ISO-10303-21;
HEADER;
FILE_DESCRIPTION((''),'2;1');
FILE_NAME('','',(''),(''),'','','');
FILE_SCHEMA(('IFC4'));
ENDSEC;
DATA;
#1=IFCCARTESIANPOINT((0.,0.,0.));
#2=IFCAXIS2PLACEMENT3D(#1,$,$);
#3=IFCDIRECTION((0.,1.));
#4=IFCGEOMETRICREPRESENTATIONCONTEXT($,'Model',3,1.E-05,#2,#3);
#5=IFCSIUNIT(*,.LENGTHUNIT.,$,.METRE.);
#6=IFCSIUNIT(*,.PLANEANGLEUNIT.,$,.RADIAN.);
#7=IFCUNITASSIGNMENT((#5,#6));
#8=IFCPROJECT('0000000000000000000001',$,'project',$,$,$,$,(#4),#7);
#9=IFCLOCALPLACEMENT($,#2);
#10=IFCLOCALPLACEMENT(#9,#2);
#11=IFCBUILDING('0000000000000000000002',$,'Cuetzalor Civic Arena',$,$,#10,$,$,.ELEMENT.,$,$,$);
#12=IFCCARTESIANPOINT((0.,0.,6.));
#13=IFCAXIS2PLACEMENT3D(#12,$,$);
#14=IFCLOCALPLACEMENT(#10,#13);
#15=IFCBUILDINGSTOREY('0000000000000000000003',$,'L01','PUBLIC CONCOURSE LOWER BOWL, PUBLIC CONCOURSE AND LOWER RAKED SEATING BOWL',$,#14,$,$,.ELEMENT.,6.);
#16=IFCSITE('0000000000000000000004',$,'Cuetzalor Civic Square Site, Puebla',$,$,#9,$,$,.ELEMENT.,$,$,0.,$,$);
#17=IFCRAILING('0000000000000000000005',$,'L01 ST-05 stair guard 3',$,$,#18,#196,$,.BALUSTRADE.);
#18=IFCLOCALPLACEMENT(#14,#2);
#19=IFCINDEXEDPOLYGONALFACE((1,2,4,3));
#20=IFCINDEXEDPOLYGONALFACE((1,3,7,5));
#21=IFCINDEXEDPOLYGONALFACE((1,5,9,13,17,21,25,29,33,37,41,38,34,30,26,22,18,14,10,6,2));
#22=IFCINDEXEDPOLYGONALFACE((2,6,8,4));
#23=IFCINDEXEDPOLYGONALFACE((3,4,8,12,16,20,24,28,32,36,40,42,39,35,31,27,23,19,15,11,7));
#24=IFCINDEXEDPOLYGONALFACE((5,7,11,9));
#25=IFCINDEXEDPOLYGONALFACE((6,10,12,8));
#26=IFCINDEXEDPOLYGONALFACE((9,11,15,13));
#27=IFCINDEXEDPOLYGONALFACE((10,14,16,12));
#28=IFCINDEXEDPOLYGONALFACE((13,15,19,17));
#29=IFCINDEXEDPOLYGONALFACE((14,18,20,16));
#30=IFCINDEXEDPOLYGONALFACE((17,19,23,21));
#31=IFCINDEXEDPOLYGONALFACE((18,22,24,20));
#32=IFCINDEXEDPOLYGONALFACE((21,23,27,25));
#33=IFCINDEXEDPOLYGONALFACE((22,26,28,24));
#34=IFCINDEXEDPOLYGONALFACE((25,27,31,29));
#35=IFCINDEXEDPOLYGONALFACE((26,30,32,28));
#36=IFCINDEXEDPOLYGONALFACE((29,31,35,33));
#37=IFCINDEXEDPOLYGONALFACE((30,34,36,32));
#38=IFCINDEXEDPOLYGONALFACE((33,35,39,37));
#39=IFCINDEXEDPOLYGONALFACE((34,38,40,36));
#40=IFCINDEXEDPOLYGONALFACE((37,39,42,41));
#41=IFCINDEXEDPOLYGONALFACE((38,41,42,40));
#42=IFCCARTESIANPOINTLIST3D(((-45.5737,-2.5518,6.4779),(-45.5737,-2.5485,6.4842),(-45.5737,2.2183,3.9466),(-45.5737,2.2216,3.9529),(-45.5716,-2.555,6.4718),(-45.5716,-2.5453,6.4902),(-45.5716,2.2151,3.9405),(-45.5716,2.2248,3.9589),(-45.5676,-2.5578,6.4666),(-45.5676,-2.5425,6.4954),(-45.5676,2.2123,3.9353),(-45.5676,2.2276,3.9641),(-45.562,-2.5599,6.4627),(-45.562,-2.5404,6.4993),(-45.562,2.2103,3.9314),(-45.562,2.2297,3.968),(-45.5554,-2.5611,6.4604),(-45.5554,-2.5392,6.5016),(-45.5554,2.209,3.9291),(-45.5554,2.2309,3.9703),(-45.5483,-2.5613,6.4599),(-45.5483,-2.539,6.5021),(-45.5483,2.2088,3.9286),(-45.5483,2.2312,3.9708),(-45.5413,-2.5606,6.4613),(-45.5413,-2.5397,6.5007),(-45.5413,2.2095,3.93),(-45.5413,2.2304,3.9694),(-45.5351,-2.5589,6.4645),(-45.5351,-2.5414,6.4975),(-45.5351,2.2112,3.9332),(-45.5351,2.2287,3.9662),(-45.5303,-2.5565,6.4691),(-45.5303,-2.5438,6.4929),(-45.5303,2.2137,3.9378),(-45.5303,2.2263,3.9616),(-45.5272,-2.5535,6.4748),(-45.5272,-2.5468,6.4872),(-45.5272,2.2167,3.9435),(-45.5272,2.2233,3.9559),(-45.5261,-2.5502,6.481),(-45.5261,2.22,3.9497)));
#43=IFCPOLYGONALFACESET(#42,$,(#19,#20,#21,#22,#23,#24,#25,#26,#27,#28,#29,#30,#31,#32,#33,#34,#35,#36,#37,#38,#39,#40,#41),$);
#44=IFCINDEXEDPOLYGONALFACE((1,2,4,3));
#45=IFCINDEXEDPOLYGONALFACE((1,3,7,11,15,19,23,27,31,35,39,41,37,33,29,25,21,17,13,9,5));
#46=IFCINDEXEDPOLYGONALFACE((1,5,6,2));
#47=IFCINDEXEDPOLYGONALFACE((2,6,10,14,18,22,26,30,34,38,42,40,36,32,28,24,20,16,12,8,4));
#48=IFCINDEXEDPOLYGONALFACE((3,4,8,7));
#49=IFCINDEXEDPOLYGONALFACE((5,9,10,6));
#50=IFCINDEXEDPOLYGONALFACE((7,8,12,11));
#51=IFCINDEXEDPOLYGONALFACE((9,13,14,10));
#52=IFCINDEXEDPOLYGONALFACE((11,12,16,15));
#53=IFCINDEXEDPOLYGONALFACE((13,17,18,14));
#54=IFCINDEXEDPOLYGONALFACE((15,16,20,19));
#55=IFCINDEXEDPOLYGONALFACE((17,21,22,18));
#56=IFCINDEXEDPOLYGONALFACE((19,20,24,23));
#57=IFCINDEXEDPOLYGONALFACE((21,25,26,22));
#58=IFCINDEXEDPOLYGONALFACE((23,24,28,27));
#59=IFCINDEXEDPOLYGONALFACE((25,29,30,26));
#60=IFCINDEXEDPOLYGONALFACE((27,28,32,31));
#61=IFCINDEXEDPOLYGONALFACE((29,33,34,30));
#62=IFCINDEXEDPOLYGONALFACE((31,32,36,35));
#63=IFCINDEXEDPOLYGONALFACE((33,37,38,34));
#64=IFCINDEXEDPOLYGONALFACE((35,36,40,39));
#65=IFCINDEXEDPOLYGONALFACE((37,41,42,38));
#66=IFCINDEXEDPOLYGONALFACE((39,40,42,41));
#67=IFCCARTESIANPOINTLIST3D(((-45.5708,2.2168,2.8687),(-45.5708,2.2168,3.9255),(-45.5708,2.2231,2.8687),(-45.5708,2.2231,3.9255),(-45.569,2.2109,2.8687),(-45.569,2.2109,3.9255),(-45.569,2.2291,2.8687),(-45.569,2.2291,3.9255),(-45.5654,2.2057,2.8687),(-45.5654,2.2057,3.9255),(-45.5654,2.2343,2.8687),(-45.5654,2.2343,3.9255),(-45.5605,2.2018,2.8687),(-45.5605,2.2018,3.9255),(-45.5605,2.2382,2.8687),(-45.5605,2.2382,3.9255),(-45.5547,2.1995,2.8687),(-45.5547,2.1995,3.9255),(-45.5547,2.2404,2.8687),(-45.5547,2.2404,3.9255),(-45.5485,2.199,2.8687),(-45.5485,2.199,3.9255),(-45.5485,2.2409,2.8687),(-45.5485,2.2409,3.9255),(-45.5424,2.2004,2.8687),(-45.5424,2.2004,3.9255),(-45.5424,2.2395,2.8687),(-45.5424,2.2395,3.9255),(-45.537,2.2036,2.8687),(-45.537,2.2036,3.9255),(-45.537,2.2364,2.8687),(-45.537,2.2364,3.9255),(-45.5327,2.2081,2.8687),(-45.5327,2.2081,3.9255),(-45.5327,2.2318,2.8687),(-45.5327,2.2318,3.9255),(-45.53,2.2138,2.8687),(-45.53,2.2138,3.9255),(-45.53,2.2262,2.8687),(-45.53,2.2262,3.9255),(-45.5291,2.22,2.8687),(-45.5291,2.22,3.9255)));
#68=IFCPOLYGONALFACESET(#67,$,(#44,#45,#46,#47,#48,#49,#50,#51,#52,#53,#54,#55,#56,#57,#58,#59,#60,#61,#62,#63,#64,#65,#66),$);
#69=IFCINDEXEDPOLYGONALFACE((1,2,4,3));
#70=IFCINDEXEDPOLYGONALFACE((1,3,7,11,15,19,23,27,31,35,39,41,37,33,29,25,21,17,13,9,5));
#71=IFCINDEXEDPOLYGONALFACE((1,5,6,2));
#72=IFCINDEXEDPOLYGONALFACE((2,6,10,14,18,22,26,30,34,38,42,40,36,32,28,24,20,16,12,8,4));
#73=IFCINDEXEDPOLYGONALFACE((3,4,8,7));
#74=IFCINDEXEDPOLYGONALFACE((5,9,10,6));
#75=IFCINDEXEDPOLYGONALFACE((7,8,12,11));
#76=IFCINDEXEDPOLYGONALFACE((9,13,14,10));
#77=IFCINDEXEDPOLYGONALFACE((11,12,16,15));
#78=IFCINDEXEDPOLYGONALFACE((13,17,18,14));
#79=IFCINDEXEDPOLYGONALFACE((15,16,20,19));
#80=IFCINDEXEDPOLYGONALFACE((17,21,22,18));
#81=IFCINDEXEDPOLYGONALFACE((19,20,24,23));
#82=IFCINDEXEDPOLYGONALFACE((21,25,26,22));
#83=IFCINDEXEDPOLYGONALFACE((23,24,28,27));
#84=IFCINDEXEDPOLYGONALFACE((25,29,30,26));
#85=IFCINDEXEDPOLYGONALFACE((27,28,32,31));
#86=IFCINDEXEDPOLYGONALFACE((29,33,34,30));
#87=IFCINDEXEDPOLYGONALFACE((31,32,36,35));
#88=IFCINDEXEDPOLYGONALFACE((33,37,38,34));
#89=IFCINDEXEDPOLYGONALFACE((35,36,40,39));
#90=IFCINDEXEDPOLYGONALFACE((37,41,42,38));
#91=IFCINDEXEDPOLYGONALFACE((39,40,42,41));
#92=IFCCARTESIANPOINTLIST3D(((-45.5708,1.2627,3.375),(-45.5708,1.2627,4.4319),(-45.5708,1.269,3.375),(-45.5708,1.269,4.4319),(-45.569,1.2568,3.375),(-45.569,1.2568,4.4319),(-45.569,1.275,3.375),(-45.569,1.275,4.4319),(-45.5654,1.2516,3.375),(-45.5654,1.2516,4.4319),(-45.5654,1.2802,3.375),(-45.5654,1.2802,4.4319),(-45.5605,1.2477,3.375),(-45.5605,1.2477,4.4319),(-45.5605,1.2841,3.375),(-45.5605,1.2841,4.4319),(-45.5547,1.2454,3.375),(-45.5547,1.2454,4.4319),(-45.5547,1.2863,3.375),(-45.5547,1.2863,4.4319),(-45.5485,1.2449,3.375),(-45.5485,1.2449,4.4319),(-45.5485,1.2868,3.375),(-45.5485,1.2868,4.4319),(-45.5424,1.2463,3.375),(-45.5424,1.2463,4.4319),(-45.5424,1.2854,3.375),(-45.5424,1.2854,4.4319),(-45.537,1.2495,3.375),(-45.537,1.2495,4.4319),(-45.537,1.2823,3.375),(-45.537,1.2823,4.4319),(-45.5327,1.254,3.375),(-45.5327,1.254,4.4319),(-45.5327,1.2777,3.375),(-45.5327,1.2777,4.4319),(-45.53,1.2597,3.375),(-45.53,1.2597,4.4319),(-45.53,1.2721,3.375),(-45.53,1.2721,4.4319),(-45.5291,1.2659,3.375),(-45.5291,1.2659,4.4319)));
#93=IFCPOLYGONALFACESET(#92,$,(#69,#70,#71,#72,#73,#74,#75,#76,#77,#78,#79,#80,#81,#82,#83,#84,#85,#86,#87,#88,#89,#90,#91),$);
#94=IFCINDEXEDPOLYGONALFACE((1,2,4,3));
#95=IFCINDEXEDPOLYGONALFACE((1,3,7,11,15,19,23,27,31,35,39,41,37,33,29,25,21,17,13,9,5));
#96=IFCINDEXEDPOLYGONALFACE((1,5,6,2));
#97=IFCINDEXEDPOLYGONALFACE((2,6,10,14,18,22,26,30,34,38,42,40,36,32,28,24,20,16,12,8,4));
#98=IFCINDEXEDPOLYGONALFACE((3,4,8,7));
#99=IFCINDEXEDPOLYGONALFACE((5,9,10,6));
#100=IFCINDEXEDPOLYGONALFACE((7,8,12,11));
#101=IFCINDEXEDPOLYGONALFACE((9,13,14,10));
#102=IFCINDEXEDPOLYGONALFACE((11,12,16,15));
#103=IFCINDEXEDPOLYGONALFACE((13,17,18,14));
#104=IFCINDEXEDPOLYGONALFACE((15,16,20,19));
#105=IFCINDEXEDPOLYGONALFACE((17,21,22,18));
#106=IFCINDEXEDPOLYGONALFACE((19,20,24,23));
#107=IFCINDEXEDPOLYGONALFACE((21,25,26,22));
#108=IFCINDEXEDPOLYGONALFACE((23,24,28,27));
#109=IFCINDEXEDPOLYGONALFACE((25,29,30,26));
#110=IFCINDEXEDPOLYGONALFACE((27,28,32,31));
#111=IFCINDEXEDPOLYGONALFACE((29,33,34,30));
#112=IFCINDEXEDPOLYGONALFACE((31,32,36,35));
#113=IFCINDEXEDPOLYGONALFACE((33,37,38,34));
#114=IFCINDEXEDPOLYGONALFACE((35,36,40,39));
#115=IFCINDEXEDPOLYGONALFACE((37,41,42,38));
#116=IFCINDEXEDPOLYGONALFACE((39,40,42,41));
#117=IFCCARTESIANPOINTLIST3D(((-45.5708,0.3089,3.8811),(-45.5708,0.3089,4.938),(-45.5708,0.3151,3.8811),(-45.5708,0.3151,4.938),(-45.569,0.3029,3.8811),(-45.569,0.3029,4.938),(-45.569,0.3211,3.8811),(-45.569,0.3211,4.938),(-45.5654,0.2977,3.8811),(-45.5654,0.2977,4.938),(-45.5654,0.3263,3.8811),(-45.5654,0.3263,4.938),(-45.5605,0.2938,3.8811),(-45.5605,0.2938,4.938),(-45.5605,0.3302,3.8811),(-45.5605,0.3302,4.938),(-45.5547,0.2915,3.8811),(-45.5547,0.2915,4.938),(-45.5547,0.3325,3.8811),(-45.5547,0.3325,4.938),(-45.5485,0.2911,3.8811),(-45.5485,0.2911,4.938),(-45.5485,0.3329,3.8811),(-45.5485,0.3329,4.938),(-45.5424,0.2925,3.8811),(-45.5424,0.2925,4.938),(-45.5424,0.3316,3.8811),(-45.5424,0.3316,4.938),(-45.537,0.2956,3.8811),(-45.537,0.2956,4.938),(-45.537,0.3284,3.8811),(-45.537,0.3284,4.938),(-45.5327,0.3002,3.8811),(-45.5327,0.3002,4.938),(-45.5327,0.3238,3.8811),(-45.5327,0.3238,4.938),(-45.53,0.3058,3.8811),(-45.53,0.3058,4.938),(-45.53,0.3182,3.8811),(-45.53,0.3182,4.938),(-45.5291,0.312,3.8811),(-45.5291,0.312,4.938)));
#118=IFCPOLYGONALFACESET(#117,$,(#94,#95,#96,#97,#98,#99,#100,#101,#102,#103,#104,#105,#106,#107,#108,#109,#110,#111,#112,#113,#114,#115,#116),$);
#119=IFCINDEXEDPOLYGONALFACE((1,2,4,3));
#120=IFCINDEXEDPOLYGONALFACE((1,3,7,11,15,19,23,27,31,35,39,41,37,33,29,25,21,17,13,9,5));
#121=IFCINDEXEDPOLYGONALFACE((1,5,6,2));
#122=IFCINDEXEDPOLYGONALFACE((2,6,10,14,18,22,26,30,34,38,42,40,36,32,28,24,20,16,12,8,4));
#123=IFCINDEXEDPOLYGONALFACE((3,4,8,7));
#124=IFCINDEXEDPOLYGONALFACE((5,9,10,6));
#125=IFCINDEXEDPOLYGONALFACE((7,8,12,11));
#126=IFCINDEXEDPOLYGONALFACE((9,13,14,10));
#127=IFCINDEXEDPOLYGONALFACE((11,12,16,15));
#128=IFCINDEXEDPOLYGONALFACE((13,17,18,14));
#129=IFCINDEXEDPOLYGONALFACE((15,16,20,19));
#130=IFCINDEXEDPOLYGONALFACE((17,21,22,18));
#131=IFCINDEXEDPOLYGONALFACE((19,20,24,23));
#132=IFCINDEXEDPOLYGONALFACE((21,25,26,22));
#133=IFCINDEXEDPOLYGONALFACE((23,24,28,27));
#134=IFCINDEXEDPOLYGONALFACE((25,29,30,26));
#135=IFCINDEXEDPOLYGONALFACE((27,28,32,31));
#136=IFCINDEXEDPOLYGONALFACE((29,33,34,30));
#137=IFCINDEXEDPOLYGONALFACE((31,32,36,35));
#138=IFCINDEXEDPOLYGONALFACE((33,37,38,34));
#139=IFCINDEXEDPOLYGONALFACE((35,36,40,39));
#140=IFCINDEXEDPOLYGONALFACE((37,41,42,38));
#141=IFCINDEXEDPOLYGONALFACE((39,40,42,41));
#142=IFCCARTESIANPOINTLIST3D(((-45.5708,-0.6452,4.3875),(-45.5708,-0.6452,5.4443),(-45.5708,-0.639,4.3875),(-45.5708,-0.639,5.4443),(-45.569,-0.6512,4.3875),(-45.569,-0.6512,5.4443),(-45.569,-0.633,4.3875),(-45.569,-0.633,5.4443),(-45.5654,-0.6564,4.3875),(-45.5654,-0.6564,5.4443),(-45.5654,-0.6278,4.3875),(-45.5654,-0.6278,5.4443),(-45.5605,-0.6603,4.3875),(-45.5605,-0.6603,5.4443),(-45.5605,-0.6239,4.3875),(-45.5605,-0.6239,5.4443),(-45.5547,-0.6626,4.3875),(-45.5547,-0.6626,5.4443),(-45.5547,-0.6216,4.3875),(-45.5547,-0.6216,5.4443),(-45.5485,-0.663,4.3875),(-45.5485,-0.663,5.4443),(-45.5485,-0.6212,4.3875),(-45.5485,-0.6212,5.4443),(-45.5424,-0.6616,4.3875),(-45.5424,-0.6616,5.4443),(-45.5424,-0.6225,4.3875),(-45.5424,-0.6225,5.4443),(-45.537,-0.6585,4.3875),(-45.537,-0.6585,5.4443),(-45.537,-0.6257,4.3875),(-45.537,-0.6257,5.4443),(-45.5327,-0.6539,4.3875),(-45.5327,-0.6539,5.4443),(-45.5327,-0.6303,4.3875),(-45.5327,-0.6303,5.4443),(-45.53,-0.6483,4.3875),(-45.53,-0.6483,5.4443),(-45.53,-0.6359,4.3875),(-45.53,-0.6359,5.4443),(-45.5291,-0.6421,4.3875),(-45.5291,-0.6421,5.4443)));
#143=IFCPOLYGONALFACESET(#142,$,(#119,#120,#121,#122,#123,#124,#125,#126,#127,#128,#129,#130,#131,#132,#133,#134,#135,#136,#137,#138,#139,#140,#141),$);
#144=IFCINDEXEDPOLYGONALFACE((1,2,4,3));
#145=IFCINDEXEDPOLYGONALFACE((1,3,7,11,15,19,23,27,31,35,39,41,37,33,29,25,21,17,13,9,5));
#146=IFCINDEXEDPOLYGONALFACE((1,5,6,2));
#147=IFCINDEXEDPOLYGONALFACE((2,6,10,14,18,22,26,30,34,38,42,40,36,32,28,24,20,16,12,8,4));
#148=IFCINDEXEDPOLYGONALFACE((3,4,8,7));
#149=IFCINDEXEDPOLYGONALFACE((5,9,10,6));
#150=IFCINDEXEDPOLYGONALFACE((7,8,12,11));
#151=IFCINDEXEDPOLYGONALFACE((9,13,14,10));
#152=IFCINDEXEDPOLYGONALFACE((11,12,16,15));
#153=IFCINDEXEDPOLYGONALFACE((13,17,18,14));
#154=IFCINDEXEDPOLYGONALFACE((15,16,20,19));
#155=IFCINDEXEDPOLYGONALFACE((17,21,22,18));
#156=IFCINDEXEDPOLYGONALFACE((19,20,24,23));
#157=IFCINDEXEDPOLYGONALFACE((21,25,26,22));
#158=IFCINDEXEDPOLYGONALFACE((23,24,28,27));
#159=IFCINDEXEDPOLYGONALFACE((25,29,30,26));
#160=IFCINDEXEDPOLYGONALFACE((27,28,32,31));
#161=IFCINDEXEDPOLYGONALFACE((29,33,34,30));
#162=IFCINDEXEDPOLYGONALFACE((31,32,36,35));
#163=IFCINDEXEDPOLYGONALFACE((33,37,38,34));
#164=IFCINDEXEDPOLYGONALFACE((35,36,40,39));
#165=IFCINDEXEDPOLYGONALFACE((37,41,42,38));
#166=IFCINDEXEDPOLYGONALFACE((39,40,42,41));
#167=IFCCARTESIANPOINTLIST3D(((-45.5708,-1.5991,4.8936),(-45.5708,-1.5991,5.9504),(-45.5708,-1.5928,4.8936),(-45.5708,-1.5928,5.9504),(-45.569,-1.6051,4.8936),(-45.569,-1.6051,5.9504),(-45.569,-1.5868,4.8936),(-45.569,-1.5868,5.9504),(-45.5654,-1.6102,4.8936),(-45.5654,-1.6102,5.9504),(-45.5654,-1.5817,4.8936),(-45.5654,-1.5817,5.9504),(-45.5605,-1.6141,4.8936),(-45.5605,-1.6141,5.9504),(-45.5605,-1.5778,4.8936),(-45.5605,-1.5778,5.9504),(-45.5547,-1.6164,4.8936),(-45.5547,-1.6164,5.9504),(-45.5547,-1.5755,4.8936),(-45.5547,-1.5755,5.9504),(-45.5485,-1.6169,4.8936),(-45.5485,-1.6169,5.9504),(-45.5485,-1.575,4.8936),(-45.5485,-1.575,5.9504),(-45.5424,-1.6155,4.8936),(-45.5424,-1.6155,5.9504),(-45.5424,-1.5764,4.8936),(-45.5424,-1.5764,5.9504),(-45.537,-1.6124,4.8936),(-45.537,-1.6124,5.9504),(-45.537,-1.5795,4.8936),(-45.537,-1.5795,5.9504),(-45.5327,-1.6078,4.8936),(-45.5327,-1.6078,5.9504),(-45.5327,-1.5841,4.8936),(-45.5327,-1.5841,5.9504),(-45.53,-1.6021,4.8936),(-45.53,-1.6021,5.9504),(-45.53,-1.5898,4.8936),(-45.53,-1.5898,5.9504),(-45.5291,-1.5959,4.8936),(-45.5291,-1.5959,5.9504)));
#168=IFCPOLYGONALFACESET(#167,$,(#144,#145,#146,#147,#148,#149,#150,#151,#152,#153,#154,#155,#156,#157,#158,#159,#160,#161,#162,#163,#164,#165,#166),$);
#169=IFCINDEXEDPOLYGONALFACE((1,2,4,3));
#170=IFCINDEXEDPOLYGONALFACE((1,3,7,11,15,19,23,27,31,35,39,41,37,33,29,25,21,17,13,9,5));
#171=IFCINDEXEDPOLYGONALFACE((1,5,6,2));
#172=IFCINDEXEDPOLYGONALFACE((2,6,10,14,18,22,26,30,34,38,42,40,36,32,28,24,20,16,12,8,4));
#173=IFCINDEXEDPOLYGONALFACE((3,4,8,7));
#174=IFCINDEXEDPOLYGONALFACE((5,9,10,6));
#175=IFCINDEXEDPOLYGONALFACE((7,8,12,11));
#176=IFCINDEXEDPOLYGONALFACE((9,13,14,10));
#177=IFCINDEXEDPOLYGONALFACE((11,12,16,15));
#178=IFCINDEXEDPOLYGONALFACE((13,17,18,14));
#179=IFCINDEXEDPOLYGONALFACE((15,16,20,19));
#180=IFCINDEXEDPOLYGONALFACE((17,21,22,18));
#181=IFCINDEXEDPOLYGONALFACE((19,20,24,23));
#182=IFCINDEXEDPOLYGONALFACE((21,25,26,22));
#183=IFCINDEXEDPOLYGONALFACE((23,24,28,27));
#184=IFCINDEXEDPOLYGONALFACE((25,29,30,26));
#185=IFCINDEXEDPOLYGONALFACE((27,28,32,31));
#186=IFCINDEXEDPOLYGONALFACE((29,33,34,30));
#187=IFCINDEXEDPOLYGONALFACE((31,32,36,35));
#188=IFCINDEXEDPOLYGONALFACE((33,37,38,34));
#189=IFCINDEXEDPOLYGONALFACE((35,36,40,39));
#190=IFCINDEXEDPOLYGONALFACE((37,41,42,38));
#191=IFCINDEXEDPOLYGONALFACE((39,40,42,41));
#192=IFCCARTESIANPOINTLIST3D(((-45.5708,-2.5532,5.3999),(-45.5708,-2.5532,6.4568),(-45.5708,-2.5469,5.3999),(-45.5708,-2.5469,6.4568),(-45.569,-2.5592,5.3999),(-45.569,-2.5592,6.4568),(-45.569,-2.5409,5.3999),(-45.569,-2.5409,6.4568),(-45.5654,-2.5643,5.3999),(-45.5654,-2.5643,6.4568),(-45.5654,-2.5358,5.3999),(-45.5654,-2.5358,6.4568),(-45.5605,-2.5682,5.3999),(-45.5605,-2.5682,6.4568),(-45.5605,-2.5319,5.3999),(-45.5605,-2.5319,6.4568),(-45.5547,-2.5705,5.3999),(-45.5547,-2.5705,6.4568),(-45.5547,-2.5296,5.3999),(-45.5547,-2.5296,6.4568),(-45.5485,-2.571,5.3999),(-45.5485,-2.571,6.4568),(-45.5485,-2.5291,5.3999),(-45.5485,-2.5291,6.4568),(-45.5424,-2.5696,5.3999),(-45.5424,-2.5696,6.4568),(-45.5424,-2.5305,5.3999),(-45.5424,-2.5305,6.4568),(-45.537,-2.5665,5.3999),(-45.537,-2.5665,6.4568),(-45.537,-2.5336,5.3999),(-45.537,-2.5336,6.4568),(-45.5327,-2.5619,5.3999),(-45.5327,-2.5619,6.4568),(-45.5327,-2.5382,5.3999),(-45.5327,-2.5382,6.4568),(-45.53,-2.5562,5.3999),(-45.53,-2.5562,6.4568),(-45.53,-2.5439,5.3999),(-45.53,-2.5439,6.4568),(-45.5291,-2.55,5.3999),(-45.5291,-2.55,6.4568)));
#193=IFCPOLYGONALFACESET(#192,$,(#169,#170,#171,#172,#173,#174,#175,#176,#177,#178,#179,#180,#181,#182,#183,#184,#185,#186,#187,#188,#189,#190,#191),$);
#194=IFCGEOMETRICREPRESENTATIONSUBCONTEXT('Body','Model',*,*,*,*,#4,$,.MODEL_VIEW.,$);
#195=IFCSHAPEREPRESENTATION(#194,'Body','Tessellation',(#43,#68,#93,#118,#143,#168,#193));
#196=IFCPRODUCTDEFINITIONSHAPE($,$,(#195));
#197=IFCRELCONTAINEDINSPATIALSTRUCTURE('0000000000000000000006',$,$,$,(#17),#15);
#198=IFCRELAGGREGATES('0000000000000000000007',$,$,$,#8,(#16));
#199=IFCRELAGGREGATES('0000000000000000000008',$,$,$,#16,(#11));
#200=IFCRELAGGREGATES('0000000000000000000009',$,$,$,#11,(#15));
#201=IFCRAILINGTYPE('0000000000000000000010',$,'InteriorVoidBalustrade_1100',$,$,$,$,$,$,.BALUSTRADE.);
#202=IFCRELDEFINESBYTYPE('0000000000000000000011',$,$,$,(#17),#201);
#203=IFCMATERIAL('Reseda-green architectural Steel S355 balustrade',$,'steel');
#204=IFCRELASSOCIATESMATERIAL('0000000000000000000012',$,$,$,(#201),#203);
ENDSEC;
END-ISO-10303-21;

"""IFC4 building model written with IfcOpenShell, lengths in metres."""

from ifc_helpers import new_model, si_unit, direction, frame, origin, origin_2d, place, context, subcontext, project, spatial, circle, extrude, material, type_object, element, save


model = new_model("IFC4")

# Units and contexts
model_context = context("Model", 3, precision=1e-05, world=origin(), true_north=direction((0.0, 1.0)))
body_context = subcontext(model_context, "Body", "Model", "MODEL_VIEW")
ifc_project = project(units=[si_unit("LENGTHUNIT", "METRE"), si_unit("PLANEANGLEUNIT", "RADIAN")], contexts=[model_context])

# Site, building, storey
site_placement = place(None, origin())
site = spatial("IfcSite", under=ifc_project, at=site_placement, Name="Cuetzalor Civic Square Site, Puebla", CompositionType="ELEMENT", RefElevation=0.0)
building_placement = place(site_placement, origin())
building = spatial("IfcBuilding", under=site, at=building_placement, Name="Cuetzalor Civic Arena", CompositionType="ELEMENT")
storey_placement = place(building_placement, frame((0.0, 0.0, 6.0)))
storey = spatial("IfcBuildingStorey", under=building, at=storey_placement, Name="L01", Description="PUBLIC CONCOURSE LOWER BOWL, PUBLIC CONCOURSE AND LOWER RAKED SEATING BOWL", CompositionType="ELEMENT", Elevation=6.0)

# Railing
ifc_material_1 = material(Name="Reseda-green architectural Steel S355 balustrade", Category="steel")
railing_type_1 = type_object("IfcRailingType", Name="InteriorVoidBalustrade_1100", PredefinedType="BALUSTRADE", material=ifc_material_1)
railing_1_placement = place(storey_placement, frame((-45.55, 2.22, 2.8687)))
element("IfcRailing", 1, at=railing_1_placement, inside=storey, type_object=railing_type_1, Name="L01 ST-05 stair guard 3", PredefinedType="BALUSTRADE", context=body_context, shape_type="SweptSolid", body=[
    extrude(circle(Radius=0.0239, at=origin_2d()), frame((0.0, 0.0, 1.0811), z_axis=(0.0, -0.883332, 0.468747), x_axis=(1.0, 0.0, 0.0)), (0.0, 0.0, 1.0), 5.4001),
    extrude(circle(Radius=0.021, at=origin_2d()), origin(), (0.0, 0.0, 1.0), 1.0569),
    extrude(circle(Radius=0.021, at=origin_2d()), frame((0.0, -0.9541, 0.5063)), (0.0, 0.0, 1.0), 1.0569),
    extrude(circle(Radius=0.021, at=origin_2d()), frame((0.0, -1.908, 1.0125)), (0.0, 0.0, 1.0), 1.0569),
    extrude(circle(Radius=0.021, at=origin_2d()), frame((0.0, -2.8621, 1.5188)), (0.0, 0.0, 1.0), 1.0569),
    extrude(circle(Radius=0.021, at=origin_2d()), frame((0.0, -3.8159, 2.0249)), (0.0, 0.0, 1.0), 1.0569),
    extrude(circle(Radius=0.021, at=origin_2d()), frame((0.0, -4.77, 2.5312)), (0.0, 0.0, 1.0), 1.0569),
])

save(model, "model.ifc")
